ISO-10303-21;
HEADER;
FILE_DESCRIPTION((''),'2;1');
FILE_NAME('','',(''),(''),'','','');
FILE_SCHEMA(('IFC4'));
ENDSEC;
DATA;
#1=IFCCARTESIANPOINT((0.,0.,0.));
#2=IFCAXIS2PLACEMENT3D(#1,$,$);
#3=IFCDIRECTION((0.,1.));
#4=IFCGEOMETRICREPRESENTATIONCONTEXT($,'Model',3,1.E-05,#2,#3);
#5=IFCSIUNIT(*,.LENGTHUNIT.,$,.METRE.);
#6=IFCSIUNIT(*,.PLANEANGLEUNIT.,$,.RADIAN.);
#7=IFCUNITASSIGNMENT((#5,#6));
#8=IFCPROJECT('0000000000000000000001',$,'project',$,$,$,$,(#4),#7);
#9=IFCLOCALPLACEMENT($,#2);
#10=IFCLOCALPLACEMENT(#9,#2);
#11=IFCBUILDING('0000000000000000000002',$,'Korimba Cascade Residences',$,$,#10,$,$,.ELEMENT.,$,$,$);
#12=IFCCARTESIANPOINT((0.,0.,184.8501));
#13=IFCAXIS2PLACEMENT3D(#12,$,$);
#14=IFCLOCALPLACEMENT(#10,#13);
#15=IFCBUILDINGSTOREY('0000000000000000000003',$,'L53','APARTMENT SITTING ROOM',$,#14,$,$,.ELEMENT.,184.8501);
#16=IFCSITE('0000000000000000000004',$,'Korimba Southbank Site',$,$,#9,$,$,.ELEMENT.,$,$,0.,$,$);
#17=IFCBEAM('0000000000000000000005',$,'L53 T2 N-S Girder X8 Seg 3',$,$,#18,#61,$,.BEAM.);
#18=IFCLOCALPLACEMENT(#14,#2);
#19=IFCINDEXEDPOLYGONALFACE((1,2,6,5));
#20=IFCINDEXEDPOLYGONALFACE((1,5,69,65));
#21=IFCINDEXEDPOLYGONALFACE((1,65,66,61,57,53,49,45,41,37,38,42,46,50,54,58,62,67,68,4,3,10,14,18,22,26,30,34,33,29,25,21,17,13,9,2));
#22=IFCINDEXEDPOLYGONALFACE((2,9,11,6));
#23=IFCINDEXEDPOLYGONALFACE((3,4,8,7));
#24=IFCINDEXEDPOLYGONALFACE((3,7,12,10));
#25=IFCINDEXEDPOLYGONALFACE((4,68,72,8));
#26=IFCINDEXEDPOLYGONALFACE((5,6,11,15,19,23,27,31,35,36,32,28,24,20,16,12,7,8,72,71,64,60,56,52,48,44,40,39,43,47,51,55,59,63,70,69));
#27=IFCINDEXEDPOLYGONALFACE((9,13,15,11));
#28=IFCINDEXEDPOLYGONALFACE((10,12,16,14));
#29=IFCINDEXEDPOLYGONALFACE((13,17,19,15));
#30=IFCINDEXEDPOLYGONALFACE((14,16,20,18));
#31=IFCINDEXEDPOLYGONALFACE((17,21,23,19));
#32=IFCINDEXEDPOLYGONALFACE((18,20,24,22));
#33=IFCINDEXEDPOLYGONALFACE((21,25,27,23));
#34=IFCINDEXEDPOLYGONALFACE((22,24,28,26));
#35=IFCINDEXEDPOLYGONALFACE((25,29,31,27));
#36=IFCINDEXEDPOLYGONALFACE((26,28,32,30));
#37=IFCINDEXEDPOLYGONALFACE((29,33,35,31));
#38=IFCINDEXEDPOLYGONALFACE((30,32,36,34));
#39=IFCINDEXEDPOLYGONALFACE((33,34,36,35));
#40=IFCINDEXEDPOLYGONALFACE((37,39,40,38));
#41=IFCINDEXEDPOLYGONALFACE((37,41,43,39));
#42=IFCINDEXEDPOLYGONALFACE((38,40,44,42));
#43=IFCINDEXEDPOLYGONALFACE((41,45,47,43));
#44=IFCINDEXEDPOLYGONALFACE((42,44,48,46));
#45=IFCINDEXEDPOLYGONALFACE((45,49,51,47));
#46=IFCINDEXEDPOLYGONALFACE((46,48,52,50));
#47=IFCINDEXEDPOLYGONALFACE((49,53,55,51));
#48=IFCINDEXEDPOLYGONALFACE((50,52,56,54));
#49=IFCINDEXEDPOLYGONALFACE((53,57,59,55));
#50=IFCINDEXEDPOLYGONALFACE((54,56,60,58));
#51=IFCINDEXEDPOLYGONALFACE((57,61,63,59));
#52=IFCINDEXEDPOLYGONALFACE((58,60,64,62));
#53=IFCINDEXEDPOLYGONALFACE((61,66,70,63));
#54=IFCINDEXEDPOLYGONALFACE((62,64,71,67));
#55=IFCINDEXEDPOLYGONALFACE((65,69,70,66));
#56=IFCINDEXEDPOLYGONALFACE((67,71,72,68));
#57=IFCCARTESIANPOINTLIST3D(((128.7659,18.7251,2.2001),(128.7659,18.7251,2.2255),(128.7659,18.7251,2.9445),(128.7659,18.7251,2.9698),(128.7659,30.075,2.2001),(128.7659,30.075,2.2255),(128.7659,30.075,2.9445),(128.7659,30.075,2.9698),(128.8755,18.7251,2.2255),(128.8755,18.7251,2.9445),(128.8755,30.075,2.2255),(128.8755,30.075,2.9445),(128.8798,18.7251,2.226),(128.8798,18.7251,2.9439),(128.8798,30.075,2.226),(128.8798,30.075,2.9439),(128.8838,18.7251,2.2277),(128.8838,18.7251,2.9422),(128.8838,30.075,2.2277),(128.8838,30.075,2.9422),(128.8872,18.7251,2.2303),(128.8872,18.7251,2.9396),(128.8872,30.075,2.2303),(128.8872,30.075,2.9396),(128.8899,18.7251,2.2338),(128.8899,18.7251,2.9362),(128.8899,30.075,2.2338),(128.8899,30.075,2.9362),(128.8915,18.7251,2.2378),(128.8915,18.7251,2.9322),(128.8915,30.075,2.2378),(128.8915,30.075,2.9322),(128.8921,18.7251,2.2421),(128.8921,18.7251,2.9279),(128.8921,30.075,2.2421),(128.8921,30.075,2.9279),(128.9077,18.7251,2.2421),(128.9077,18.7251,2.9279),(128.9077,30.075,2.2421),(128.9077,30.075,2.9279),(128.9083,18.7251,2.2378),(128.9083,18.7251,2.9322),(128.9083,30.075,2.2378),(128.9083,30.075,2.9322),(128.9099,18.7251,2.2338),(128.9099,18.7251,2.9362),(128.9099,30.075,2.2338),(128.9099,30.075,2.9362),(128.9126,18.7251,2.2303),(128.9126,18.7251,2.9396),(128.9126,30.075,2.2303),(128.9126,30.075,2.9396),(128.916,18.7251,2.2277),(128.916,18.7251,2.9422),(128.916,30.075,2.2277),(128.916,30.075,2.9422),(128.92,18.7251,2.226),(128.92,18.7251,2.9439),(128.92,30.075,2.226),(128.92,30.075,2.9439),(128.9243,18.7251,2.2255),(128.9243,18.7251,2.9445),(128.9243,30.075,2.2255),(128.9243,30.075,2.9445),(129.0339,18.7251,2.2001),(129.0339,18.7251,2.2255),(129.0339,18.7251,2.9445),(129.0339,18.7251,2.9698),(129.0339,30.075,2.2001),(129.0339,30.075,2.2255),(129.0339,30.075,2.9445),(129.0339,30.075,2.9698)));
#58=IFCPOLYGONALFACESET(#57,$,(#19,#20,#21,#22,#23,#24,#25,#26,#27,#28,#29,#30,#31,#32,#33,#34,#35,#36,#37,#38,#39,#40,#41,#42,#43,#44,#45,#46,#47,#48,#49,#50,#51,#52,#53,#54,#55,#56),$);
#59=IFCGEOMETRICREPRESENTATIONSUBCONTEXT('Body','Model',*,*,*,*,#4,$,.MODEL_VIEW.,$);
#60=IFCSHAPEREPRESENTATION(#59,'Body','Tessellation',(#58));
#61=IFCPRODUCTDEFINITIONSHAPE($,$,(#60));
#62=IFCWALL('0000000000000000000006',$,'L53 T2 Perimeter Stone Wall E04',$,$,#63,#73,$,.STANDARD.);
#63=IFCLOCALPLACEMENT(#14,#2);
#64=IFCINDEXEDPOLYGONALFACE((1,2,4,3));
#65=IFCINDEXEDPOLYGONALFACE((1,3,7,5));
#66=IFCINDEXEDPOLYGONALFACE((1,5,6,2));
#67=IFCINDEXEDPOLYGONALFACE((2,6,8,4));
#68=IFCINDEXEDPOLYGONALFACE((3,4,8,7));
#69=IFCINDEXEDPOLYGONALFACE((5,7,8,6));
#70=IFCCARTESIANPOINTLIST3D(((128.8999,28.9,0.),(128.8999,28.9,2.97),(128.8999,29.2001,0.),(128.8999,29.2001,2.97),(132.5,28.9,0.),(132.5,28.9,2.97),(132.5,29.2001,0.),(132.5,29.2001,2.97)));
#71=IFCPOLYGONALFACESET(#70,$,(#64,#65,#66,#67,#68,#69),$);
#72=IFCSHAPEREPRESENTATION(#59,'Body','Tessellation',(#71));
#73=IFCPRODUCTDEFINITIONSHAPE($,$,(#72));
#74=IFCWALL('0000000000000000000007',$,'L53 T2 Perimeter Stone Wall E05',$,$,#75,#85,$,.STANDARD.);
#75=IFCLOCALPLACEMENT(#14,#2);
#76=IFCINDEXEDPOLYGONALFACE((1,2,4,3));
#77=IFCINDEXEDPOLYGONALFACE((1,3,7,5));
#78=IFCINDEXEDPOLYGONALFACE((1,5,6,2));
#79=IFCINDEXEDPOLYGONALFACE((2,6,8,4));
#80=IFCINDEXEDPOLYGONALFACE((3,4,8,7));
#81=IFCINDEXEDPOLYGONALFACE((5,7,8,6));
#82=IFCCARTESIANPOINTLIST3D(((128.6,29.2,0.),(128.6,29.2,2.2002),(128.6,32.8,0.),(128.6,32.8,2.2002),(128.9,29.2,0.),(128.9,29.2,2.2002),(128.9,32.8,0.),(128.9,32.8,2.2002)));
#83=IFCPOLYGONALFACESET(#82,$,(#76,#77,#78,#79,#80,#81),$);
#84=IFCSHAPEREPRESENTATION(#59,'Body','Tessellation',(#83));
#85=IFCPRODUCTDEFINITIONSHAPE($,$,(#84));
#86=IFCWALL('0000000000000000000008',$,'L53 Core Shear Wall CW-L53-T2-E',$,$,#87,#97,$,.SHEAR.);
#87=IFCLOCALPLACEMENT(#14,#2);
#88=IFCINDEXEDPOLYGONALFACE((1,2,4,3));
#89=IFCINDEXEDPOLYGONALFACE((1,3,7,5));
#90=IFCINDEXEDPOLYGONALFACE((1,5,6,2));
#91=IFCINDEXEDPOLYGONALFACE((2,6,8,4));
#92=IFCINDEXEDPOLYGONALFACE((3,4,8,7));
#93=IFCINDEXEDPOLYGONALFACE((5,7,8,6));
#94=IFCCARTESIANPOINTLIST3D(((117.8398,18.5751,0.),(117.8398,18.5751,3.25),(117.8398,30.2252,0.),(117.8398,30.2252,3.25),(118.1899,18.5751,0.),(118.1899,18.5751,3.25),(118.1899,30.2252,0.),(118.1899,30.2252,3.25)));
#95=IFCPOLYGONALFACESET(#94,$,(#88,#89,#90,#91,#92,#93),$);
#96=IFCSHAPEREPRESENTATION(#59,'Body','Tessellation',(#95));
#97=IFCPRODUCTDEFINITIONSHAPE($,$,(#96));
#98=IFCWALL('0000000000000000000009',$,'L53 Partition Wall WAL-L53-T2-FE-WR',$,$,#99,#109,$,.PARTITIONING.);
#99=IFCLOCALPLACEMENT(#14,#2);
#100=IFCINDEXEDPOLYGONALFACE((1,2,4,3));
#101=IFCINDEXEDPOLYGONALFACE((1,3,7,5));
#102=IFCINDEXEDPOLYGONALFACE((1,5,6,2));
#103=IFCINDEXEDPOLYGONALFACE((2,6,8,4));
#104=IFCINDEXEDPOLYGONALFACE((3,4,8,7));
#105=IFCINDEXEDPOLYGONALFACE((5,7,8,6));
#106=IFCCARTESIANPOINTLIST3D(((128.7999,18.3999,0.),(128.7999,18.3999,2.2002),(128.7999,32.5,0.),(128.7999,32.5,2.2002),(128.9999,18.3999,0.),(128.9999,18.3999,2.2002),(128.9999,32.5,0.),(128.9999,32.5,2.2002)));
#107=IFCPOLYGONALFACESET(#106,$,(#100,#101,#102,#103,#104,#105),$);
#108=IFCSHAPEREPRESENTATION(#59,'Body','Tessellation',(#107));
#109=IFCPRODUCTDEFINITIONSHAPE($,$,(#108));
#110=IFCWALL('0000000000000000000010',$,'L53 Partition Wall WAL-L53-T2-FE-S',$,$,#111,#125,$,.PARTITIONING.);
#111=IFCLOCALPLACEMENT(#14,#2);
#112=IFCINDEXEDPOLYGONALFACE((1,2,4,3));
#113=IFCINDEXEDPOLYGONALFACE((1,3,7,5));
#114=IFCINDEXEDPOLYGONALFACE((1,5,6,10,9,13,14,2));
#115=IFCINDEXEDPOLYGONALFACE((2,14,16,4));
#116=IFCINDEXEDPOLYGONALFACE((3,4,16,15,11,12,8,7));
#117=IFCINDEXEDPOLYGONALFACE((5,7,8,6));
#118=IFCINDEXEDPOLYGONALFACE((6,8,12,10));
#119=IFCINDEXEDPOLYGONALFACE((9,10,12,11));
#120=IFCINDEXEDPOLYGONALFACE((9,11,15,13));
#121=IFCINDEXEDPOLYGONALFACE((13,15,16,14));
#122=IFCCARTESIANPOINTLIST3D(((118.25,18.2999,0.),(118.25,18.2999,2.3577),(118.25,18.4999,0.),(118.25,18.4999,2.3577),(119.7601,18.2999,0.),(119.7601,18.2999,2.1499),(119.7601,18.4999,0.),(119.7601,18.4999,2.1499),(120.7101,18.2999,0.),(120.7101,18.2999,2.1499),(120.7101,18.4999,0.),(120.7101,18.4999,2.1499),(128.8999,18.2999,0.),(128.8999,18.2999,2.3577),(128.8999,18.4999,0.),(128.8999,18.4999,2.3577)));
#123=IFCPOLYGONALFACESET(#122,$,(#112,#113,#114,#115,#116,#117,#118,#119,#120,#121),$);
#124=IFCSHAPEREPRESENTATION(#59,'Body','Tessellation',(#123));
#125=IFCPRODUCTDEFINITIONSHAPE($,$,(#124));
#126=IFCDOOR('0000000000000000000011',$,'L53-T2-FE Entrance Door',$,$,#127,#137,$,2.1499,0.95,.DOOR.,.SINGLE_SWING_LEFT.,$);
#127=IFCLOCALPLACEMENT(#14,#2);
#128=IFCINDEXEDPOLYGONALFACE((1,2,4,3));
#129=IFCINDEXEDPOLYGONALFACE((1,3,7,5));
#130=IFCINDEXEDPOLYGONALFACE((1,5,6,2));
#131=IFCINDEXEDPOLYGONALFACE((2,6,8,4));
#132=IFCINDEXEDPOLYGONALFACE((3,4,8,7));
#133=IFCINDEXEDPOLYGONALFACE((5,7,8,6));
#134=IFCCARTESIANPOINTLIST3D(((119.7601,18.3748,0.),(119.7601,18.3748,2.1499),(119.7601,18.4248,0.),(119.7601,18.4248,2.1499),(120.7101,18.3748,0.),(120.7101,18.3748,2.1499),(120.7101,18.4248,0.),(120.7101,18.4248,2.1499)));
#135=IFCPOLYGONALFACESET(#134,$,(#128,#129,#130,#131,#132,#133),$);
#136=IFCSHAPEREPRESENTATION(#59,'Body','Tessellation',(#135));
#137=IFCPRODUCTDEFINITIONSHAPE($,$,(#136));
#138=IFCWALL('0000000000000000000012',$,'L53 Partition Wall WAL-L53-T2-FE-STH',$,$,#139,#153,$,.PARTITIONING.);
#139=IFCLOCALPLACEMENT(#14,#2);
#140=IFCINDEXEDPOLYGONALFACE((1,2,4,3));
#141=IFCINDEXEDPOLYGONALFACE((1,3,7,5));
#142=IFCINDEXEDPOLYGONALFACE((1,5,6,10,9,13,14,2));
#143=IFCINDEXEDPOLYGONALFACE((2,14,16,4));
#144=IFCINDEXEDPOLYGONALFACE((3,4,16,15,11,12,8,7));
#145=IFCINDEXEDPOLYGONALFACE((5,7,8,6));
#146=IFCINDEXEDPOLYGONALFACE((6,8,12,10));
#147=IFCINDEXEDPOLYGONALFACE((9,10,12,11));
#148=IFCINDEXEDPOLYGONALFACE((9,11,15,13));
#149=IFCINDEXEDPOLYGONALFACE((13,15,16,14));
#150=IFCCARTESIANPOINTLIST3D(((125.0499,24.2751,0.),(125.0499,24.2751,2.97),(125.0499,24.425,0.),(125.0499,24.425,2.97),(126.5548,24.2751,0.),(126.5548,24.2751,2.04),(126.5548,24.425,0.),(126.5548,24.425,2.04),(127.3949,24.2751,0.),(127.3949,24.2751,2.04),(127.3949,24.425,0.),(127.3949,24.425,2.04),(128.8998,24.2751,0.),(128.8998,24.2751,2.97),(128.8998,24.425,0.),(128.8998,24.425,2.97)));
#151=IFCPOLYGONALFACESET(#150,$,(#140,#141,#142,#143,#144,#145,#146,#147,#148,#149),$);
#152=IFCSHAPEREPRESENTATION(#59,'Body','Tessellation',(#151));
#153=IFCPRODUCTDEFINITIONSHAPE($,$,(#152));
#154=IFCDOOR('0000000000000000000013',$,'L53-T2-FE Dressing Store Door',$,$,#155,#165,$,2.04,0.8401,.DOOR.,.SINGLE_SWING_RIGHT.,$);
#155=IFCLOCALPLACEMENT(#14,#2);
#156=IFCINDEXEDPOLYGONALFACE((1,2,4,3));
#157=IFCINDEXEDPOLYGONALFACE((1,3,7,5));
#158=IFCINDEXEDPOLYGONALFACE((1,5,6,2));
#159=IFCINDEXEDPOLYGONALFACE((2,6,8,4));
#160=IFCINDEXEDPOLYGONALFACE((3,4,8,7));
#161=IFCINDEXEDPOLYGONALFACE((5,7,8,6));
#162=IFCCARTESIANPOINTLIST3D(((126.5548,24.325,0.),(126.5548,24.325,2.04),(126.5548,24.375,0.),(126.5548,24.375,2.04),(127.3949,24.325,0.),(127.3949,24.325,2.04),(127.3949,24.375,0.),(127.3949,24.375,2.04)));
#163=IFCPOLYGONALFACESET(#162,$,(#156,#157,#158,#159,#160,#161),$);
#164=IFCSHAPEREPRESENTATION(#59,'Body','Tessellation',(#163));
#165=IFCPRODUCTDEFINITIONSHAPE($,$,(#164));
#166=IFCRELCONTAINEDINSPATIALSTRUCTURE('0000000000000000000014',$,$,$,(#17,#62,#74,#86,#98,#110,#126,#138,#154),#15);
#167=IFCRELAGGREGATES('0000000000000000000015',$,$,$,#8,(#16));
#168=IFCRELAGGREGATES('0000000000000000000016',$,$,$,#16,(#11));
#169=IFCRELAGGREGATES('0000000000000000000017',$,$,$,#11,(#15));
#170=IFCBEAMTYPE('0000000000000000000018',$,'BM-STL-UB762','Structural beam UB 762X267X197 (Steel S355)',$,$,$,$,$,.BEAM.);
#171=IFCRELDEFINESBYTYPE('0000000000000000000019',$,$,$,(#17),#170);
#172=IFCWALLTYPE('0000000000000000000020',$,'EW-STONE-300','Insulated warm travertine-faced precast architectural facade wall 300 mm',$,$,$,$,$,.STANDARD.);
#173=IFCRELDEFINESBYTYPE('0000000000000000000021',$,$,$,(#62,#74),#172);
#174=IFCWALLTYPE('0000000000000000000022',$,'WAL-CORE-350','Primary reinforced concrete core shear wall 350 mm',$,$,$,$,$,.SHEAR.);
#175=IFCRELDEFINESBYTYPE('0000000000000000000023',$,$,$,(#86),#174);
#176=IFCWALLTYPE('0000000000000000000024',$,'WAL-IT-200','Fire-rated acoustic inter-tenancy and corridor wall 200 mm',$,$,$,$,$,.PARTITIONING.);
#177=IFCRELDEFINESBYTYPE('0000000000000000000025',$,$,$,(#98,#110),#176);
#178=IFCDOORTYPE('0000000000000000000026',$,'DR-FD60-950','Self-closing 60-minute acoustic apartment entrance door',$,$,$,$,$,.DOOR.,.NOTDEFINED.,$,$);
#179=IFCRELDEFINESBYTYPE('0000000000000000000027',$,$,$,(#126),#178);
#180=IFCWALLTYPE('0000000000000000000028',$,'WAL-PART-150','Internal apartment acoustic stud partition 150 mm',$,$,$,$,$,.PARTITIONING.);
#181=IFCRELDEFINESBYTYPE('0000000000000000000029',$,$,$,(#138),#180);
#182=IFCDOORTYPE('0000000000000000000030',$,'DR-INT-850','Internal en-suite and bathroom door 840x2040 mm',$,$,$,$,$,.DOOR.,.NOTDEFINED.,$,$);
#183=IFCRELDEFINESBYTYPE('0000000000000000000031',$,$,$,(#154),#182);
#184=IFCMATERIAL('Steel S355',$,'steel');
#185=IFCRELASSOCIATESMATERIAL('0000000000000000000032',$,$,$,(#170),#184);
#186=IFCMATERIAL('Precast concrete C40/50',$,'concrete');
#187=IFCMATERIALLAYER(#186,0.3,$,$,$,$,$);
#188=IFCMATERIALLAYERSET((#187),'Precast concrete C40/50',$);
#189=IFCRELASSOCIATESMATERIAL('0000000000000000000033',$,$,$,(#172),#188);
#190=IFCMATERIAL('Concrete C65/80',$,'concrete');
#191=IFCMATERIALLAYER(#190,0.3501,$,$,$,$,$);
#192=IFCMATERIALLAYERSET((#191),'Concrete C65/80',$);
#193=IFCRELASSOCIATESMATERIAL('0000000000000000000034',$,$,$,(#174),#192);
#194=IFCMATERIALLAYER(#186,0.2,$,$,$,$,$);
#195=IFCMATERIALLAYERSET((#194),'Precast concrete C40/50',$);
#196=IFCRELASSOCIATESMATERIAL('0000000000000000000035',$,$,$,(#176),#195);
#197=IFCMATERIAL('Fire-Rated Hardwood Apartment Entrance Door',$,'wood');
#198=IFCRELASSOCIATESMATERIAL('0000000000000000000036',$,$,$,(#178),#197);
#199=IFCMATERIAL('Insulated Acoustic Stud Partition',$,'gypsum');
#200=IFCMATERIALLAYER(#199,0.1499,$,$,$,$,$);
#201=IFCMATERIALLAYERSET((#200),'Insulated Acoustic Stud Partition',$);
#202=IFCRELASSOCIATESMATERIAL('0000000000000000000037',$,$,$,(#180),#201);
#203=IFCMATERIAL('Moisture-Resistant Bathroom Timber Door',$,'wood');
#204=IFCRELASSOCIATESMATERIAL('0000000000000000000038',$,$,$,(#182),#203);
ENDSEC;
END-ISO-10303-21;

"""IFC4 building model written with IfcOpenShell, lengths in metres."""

from ifc_helpers import new_model, si_unit, direction, frame, frame_2d, origin, origin_2d, place, context, subcontext, project, spatial, rectangle, i_section, extrude, material, layer, layer_set, material_profile, profile_set, type_object, element, fill, save


model = new_model("IFC4")

# Units and contexts
model_context = context("Model", 3, precision=1e-05, world=origin(), true_north=direction((0.0, 1.0)))
body_context = subcontext(model_context, "Body", "Model", "MODEL_VIEW")
ifc_project = project(units=[si_unit("LENGTHUNIT", "METRE"), si_unit("PLANEANGLEUNIT", "RADIAN")], contexts=[model_context])

# Site, building, storey
site_placement = place(None, origin())
site = spatial("IfcSite", under=ifc_project, at=site_placement, Name="Korimba Southbank Site", CompositionType="ELEMENT", RefElevation=0.0)
building_placement = place(site_placement, origin())
building = spatial("IfcBuilding", under=site, at=building_placement, Name="Korimba Cascade Residences", CompositionType="ELEMENT")
storey_placement = place(building_placement, frame((0.0, 0.0, 184.8501)))
storey = spatial("IfcBuildingStorey", under=building, at=storey_placement, Name="L53", Description="APARTMENT SITTING ROOM", CompositionType="ELEMENT", Elevation=184.8501)

# Beam
ifc_material_1 = material(Name="Steel S355", Category="steel")
ifc_material_profile_1 = material_profile(ifc_material_1, i_section(OverallWidth=0.2681, OverallDepth=0.7698, WebThickness=0.0156, FlangeThickness=0.0254, FilletRadius=0.0166, at=origin_2d()), Name="Steel S355")
ifc_profile_set_1 = profile_set([ifc_material_profile_1], Name="Steel S355")
beam_type_1 = type_object("IfcBeamType", Name="BM-STL-UB762", Description="Structural beam UB 762X267X197 (Steel S355)", PredefinedType="BEAM", material=ifc_profile_set_1)
beam_1_placement = place(storey_placement, frame((128.8999, 18.7251, 2.585), z_axis=(0.0, 1.0, 0.0), x_axis=(-1.0, 0.0, 0.0)))
element("IfcBeam", 1, at=beam_1_placement, inside=storey, type_object=beam_type_1, Name="L53 T2 N-S Girder X8 Seg 3", PredefinedType="BEAM", context=body_context, shape_type="SweptSolid", body=[
    extrude(i_section(OverallWidth=0.2681, OverallDepth=0.7698, WebThickness=0.0156, FlangeThickness=0.0254, FilletRadius=0.0166, at=origin_2d()), origin(), (0.0, 0.0, 1.0), 11.3499),
])

# Walls
ifc_material_2 = material(Name="Precast concrete C40/50", Category="concrete")
ifc_layer_1 = layer(ifc_material_2, 0.3)
ifc_layer_set_1 = layer_set([ifc_layer_1], Name="Precast concrete C40/50")
wall_type_1 = type_object("IfcWallType", Name="EW-STONE-300", Description="Insulated warm travertine-faced precast architectural facade wall 300 mm", PredefinedType="STANDARD", material=ifc_layer_set_1)
wall_1_placement = place(storey_placement, frame((132.5, 29.05, 0.0), z_axis=(0.0, 0.0, 1.0), x_axis=(-1.0, 0.0, 0.0)))
element("IfcWall", 2, at=wall_1_placement, inside=storey, type_object=wall_type_1, Name="L53 T2 Perimeter Stone Wall E04", PredefinedType="STANDARD", context=body_context, shape_type="SweptSolid", body=[
    extrude(rectangle(XDim=3.6001, YDim=0.3, at=frame_2d((1.8, 0.0))), origin(), (0.0, 0.0, 1.0), 2.97),
])
wall_2_placement = place(storey_placement, frame((128.75, 29.2, 0.0), z_axis=(0.0, 0.0, 1.0), x_axis=(0.0, 1.0, 0.0)))
element("IfcWall", 3, at=wall_2_placement, inside=storey, type_object=wall_type_1, Name="L53 T2 Perimeter Stone Wall E05", PredefinedType="STANDARD", context=body_context, shape_type="SweptSolid", body=[
    extrude(rectangle(XDim=3.6001, YDim=0.3, at=frame_2d((1.8, 0.0))), origin(), (0.0, 0.0, 1.0), 2.2002),
])
ifc_material_3 = material(Name="Concrete C65/80", Category="concrete")
ifc_layer_2 = layer(ifc_material_3, 0.3501)
ifc_layer_set_2 = layer_set([ifc_layer_2], Name="Concrete C65/80")
wall_type_2 = type_object("IfcWallType", Name="WAL-CORE-350", Description="Primary reinforced concrete core shear wall 350 mm", PredefinedType="SHEAR", material=ifc_layer_set_2)
wall_3_placement = place(storey_placement, frame((118.0149, 18.575, 0.0), z_axis=(0.0, 0.0, 1.0), x_axis=(0.0, 1.0, 0.0)))
element("IfcWall", 4, at=wall_3_placement, inside=storey, type_object=wall_type_2, Name="L53 Core Shear Wall CW-L53-T2-E", PredefinedType="SHEAR", context=body_context, shape_type="SweptSolid", body=[
    extrude(rectangle(XDim=11.6501, YDim=0.3501, at=frame_2d((5.8252, 0.0))), origin(), (0.0, 0.0, 1.0), 3.25),
])
ifc_layer_3 = layer(ifc_material_2, 0.2)
ifc_layer_set_3 = layer_set([ifc_layer_3], Name="Precast concrete C40/50")
wall_type_3 = type_object("IfcWallType", Name="WAL-IT-200", Description="Fire-rated acoustic inter-tenancy and corridor wall 200 mm", PredefinedType="PARTITIONING", material=ifc_layer_set_3)
wall_4_placement = place(storey_placement, frame((128.8999, 18.3999, 0.0), z_axis=(0.0, 0.0, 1.0), x_axis=(0.0, 1.0, 0.0)))
element("IfcWall", 5, at=wall_4_placement, inside=storey, type_object=wall_type_3, Name="L53 Partition Wall WAL-L53-T2-FE-WR", PredefinedType="PARTITIONING", context=body_context, shape_type="SweptSolid", body=[
    extrude(rectangle(XDim=14.1001, YDim=0.2, at=frame_2d((7.05, 0.0))), origin(), (0.0, 0.0, 1.0), 2.2002),
])

# Walls, openings, doors
wall_5_placement = place(storey_placement, frame((118.25, 18.3999, 0.0), z_axis=(0.0, 0.0, 1.0), x_axis=(1.0, 0.0, 0.0)))
wall_5 = element("IfcWall", 6, at=wall_5_placement, inside=storey, type_object=wall_type_3, Name="L53 Partition Wall WAL-L53-T2-FE-S", PredefinedType="PARTITIONING", context=body_context, shape_type="SweptSolid", body=[
    extrude(rectangle(XDim=10.6499, YDim=0.2, at=frame_2d((5.325, 0.0))), origin(), (0.0, 0.0, 1.0), 2.3577),
])
opening_1_placement = place(wall_5_placement, frame((1.51, 0.0, 0.0)))
opening_1 = element("IfcOpeningElement", 7, at=opening_1_placement, cuts=wall_5, PredefinedType="OPENING", context=body_context, shape_type="SweptSolid", body=[
    extrude(rectangle(XDim=0.95, YDim=2.1499, at=frame_2d((0.4751, 1.075))), frame((0.0, 0.1099, 0.0), z_axis=(0.0, -1.0, 0.0), x_axis=(1.0, 0.0, 0.0)), (0.0, 0.0, 1.0), 0.22),
])
ifc_material_4 = material(Name="Fire-Rated Hardwood Apartment Entrance Door", Category="wood")
door_type_1 = type_object("IfcDoorType", Name="DR-FD60-950", Description="Self-closing 60-minute acoustic apartment entrance door", OperationType="NOTDEFINED", PredefinedType="DOOR", material=ifc_material_4)
door_1_placement = place(opening_1_placement, origin())
door_1 = element("IfcDoor", 8, at=door_1_placement, inside=storey, type_object=door_type_1, Name="L53-T2-FE Entrance Door", OperationType="SINGLE_SWING_LEFT", OverallHeight=2.1499, OverallWidth=0.95, PredefinedType="DOOR", context=body_context, shape_type="SweptSolid", body=[
    extrude(rectangle(XDim=0.95, YDim=2.1499, at=frame_2d((0.4751, 1.075))), frame((0.0, 0.0249, 0.0), z_axis=(0.0, -1.0, 0.0), x_axis=(1.0, 0.0, 0.0)), (0.0, 0.0, 1.0), 0.05),
])
fill(opening_1, door_1)
ifc_material_5 = material(Name="Insulated Acoustic Stud Partition", Category="gypsum")
ifc_layer_4 = layer(ifc_material_5, 0.1499)
ifc_layer_set_4 = layer_set([ifc_layer_4], Name="Insulated Acoustic Stud Partition")
wall_type_4 = type_object("IfcWallType", Name="WAL-PART-150", Description="Internal apartment acoustic stud partition 150 mm", PredefinedType="PARTITIONING", material=ifc_layer_set_4)
wall_6_placement = place(storey_placement, frame((125.05, 24.3501, 0.0), z_axis=(0.0, 0.0, 1.0), x_axis=(1.0, 0.0, 0.0)))
wall_6 = element("IfcWall", 9, at=wall_6_placement, inside=storey, type_object=wall_type_4, Name="L53 Partition Wall WAL-L53-T2-FE-STH", PredefinedType="PARTITIONING", context=body_context, shape_type="SweptSolid", body=[
    extrude(rectangle(XDim=3.8499, YDim=0.1499, at=frame_2d((1.9248, 0.0))), origin(), (0.0, 0.0, 1.0), 2.97),
])
opening_2_placement = place(wall_6_placement, frame((1.5049, 0.0, 0.0)))
opening_2 = element("IfcOpeningElement", 10, at=opening_2_placement, cuts=wall_6, PredefinedType="OPENING", context=body_context, shape_type="SweptSolid", body=[
    extrude(rectangle(XDim=0.8401, YDim=2.04, at=frame_2d((0.4199, 1.02))), frame((0.0, 0.085, 0.0), z_axis=(0.0, -1.0, 0.0), x_axis=(1.0, 0.0, 0.0)), (0.0, 0.0, 1.0), 0.1699),
])
ifc_material_6 = material(Name="Moisture-Resistant Bathroom Timber Door", Category="wood")
door_type_2 = type_object("IfcDoorType", Name="DR-INT-850", Description="Internal en-suite and bathroom door 840x2040 mm", OperationType="NOTDEFINED", PredefinedType="DOOR", material=ifc_material_6)
door_2_placement = place(opening_2_placement, origin())
door_2 = element("IfcDoor", 11, at=door_2_placement, inside=storey, type_object=door_type_2, Name="L53-T2-FE Dressing Store Door", OperationType="SINGLE_SWING_RIGHT", OverallHeight=2.04, OverallWidth=0.8401, PredefinedType="DOOR", context=body_context, shape_type="SweptSolid", body=[
    extrude(rectangle(XDim=0.8401, YDim=2.04, at=frame_2d((0.4199, 1.02))), frame((0.0, 0.0249, 0.0), z_axis=(0.0, -1.0, 0.0), x_axis=(1.0, 0.0, 0.0)), (0.0, 0.0, 1.0), 0.05),
])
fill(opening_2, door_2)

save(model, "model.ifc")
